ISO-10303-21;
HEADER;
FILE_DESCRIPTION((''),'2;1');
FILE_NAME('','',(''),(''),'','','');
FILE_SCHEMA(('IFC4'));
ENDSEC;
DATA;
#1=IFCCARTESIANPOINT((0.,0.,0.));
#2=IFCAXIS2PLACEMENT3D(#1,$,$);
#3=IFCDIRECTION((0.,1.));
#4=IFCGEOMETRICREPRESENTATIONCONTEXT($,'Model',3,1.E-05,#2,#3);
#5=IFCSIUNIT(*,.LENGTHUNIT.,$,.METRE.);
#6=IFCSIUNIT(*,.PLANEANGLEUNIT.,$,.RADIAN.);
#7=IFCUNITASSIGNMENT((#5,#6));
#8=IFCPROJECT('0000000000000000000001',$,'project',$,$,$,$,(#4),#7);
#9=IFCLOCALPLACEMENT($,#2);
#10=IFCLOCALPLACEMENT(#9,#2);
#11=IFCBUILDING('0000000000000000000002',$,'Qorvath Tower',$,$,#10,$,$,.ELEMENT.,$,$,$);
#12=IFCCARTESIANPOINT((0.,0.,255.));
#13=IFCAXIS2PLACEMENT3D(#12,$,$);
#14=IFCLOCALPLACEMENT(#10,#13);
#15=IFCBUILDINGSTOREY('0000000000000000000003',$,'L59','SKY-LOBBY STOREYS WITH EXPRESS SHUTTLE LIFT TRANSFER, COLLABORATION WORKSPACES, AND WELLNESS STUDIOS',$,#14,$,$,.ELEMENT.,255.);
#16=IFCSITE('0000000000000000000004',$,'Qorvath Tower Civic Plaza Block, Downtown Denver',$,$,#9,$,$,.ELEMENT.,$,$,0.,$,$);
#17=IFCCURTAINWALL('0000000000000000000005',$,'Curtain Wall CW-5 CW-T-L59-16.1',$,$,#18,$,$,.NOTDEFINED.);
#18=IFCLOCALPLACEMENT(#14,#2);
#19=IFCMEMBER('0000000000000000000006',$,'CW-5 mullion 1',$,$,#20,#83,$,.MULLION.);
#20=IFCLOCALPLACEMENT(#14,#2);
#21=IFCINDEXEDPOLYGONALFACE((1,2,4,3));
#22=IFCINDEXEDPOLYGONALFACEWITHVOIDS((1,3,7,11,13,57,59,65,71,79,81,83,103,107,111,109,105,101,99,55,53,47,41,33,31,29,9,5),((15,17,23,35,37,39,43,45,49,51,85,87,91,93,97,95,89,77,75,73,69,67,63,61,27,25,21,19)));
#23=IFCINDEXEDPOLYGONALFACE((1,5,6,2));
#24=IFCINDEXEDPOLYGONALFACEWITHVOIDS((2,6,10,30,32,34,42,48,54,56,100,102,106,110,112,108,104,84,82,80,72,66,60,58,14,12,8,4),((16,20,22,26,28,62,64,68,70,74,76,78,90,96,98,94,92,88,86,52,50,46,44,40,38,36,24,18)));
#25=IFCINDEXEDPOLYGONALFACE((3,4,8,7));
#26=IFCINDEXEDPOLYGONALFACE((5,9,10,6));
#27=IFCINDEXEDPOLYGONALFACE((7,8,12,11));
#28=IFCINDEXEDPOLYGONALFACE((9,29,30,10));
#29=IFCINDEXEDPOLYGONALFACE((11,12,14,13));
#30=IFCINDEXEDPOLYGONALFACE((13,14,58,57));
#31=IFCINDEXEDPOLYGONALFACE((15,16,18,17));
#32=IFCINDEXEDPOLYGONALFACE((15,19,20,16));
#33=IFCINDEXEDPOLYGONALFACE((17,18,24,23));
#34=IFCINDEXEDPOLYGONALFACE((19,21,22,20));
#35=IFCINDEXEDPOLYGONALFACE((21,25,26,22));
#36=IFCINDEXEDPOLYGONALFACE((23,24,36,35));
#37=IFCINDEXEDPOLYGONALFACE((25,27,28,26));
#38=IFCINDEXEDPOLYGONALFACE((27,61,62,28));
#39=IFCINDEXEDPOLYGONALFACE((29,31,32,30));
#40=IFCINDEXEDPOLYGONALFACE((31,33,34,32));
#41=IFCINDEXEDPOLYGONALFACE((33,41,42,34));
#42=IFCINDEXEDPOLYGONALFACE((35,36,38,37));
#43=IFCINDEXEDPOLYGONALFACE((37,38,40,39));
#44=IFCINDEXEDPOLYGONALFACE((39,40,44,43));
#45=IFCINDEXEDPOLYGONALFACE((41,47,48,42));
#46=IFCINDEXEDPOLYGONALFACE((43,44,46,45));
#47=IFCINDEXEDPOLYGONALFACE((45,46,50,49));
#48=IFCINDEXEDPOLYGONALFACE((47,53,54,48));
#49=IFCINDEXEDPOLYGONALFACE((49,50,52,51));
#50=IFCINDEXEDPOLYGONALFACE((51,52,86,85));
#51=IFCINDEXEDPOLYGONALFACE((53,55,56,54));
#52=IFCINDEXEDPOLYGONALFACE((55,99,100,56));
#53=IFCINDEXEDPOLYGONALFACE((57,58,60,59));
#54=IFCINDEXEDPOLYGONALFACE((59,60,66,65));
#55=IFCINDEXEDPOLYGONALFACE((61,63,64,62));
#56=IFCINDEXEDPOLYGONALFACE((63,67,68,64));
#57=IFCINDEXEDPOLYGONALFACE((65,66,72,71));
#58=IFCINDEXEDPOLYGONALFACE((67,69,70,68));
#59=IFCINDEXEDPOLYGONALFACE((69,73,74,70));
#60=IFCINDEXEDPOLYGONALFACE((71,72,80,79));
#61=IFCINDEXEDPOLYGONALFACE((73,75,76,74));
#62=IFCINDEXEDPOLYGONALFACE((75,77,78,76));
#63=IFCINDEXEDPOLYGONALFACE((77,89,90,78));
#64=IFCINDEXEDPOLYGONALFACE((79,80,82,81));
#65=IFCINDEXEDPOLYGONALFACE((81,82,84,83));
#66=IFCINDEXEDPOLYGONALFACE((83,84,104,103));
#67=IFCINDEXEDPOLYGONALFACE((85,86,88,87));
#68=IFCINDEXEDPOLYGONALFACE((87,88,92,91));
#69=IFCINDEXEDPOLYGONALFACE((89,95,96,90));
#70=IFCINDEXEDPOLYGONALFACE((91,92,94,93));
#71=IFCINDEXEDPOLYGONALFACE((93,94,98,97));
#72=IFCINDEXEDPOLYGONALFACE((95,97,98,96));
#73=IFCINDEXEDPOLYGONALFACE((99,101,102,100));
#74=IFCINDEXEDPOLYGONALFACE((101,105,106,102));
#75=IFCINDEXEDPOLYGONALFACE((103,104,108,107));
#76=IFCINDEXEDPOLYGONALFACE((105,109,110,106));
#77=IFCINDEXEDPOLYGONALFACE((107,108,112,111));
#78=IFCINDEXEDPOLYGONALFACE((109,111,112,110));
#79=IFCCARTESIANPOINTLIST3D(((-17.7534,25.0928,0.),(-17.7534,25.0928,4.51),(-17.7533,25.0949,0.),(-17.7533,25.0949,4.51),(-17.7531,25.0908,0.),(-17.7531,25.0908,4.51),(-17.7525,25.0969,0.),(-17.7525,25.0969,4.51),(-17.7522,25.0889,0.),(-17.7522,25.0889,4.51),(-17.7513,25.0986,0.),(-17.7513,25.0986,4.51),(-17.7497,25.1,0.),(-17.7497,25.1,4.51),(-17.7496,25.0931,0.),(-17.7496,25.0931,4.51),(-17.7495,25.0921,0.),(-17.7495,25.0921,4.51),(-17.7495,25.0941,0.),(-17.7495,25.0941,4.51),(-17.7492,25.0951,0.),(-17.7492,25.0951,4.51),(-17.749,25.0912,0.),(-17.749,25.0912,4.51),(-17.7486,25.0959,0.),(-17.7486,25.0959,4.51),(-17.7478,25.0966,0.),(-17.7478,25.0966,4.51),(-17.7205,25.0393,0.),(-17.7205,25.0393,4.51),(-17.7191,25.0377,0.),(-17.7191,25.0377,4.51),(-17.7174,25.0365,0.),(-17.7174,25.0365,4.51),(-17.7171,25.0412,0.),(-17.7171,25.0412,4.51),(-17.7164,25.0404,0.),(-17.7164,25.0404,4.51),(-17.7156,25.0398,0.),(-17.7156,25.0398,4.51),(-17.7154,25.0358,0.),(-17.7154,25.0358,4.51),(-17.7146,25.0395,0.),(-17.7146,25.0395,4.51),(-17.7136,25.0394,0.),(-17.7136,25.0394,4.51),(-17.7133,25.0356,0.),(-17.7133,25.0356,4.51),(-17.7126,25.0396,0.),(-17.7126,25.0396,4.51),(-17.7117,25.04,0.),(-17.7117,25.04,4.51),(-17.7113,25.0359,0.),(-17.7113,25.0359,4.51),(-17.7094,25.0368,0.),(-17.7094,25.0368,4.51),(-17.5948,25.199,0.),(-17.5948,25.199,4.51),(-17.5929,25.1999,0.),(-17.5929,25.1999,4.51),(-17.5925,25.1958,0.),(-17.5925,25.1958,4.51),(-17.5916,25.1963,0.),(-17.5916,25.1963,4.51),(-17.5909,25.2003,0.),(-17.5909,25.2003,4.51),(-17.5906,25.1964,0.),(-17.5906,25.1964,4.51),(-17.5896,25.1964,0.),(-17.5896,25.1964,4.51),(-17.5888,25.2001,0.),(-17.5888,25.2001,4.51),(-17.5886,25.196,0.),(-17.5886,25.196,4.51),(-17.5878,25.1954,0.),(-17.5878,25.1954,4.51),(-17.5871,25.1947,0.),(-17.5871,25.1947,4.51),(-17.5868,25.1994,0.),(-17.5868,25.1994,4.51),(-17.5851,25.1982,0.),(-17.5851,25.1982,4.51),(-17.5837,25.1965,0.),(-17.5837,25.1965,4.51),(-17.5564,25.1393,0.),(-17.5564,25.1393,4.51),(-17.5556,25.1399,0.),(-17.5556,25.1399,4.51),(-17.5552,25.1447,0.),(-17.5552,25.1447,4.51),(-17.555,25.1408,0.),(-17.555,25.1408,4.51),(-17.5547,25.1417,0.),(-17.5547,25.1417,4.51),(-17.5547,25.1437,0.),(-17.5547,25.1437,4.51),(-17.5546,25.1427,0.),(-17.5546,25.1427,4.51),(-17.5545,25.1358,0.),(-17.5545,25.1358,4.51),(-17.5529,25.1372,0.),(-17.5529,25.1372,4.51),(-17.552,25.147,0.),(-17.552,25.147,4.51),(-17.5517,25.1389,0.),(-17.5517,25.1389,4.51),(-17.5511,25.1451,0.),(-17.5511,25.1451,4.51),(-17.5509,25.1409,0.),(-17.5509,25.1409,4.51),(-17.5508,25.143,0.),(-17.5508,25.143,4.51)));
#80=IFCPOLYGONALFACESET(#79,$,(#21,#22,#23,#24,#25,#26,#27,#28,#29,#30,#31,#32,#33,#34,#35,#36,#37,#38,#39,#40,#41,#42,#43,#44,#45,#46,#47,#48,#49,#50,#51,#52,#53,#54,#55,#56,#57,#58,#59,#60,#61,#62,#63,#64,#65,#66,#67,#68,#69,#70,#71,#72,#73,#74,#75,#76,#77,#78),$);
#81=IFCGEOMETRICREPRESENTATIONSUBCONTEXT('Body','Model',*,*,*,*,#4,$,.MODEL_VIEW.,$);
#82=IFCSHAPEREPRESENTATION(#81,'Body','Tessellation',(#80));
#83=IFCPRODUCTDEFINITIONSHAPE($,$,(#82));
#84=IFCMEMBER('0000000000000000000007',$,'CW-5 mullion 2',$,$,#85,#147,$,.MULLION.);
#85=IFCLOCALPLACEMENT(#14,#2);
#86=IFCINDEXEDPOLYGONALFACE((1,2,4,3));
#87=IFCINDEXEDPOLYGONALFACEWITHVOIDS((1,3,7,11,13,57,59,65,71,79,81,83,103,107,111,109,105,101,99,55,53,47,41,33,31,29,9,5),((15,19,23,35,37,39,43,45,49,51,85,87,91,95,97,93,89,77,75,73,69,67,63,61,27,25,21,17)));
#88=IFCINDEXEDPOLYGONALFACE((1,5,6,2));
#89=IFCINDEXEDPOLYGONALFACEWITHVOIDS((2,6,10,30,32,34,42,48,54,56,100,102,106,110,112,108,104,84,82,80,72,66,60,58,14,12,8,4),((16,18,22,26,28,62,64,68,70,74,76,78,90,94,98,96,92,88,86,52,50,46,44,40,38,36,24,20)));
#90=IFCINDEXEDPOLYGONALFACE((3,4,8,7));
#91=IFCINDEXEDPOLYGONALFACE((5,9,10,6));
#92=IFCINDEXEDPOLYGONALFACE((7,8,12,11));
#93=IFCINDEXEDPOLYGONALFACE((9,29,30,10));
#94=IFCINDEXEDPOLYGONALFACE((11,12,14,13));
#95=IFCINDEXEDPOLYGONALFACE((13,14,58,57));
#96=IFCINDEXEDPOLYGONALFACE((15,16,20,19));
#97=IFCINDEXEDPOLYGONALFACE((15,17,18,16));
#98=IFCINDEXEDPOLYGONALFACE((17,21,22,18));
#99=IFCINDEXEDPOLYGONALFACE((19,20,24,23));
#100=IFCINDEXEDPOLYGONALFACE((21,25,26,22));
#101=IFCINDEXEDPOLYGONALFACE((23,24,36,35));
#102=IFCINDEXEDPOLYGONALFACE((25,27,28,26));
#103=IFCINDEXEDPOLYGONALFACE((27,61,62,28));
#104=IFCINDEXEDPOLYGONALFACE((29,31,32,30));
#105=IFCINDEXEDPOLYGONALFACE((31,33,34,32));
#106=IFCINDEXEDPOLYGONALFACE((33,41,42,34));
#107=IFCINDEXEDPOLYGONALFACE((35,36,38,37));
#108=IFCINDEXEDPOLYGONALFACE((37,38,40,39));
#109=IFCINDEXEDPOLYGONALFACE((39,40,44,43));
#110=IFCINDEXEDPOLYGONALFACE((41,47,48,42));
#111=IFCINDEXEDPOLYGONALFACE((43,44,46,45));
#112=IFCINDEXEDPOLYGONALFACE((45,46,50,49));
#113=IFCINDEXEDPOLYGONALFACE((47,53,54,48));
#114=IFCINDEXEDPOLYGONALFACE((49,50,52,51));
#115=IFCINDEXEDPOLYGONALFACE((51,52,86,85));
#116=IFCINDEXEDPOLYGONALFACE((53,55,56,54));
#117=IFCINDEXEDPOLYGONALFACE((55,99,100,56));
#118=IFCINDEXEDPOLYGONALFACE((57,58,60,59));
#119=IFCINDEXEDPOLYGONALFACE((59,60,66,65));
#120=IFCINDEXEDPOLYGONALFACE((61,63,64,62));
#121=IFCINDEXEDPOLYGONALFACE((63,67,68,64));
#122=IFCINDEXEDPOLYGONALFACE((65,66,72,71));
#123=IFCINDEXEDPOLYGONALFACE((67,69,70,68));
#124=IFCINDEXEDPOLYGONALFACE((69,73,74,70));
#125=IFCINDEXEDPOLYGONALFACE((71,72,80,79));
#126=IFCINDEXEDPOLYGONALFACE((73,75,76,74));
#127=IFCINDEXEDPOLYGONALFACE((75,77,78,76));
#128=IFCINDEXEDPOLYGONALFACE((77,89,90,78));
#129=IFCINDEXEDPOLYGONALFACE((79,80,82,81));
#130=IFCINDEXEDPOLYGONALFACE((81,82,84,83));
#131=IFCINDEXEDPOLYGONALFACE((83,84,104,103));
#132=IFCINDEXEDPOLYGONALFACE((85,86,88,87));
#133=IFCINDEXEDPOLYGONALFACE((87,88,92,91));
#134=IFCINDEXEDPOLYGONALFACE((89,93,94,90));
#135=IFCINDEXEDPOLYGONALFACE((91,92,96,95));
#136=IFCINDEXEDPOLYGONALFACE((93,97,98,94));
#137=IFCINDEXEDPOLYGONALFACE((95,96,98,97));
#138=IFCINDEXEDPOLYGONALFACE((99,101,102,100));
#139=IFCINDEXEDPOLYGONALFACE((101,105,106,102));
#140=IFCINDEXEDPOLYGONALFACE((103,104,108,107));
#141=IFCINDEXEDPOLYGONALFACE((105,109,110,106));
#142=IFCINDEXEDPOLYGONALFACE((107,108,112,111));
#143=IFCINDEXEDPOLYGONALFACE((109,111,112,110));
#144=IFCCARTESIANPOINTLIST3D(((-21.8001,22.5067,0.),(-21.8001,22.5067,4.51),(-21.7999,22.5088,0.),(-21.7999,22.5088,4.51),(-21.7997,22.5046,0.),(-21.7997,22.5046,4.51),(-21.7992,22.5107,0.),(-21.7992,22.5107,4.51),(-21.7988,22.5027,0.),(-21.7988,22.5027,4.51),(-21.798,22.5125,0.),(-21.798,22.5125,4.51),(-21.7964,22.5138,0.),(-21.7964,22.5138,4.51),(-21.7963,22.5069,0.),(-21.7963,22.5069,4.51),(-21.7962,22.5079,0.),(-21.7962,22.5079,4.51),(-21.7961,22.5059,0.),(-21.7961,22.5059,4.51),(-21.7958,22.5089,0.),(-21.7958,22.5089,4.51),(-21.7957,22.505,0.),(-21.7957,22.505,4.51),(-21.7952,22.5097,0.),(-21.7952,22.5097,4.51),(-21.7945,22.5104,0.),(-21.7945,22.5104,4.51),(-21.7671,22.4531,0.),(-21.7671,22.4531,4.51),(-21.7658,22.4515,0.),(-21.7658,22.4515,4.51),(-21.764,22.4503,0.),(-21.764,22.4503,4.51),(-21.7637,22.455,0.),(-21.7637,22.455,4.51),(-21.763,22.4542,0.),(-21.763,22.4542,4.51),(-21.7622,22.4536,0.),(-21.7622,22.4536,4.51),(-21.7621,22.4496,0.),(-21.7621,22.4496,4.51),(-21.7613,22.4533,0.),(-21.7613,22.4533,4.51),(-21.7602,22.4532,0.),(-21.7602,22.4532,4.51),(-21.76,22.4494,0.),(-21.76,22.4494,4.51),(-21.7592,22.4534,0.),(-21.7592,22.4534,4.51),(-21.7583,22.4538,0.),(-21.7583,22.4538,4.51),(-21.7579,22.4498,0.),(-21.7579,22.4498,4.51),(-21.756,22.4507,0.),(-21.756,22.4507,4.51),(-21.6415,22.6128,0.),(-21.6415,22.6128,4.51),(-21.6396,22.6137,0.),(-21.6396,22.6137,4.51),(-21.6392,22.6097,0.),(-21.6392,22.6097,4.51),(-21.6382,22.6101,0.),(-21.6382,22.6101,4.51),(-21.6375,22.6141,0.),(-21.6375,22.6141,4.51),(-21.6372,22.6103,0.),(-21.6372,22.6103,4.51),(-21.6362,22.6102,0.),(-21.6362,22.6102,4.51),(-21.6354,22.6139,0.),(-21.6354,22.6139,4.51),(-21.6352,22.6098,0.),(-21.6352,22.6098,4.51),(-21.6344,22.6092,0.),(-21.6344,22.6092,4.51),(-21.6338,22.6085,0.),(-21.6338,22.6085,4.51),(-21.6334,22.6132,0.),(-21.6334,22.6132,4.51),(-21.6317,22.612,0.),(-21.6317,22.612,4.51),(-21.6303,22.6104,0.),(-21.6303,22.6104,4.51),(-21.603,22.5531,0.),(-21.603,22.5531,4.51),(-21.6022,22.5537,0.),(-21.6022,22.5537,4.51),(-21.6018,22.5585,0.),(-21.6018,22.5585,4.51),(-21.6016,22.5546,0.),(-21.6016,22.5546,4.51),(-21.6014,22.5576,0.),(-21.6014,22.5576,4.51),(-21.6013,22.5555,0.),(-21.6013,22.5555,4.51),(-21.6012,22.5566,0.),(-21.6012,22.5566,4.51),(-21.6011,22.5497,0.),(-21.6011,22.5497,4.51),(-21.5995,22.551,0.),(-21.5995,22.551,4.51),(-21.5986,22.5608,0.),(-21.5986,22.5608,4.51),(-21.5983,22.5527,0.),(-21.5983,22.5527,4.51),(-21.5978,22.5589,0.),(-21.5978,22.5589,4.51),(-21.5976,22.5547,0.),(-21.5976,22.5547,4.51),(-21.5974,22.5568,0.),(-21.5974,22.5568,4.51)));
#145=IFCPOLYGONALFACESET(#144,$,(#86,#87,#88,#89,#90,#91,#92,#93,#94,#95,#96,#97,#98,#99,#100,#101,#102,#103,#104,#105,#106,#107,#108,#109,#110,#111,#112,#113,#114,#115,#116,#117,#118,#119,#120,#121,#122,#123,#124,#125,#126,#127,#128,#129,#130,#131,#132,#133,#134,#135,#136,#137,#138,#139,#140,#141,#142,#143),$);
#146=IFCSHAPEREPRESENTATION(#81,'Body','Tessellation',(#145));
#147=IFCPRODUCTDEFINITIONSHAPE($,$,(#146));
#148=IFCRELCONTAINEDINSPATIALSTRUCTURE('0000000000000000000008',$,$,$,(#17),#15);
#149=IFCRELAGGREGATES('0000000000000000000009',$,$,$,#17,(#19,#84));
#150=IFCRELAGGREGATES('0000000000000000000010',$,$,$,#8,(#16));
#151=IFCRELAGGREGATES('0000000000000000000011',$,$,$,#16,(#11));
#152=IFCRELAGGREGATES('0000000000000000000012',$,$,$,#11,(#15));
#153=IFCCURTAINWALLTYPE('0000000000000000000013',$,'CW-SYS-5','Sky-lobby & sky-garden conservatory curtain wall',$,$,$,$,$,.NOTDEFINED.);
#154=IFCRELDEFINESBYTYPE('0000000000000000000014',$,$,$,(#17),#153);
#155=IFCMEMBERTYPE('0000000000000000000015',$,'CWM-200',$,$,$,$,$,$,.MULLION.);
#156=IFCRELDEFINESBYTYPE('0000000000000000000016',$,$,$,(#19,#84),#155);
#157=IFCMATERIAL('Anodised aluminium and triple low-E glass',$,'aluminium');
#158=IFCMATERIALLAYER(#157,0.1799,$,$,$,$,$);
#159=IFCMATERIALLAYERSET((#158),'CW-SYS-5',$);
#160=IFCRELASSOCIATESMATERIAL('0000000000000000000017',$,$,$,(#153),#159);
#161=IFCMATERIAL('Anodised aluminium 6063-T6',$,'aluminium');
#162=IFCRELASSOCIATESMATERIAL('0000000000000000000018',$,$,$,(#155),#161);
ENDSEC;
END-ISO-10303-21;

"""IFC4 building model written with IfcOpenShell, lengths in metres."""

from ifc_helpers import new_model, si_unit, direction, frame, origin, origin_2d, place, context, subcontext, project, spatial, hollow_rectangle, extrude, material, layer, layer_set, material_profile, profile_set, type_object, element, aggregate, save


model = new_model("IFC4")

# Units and contexts
model_context = context("Model", 3, precision=1e-05, world=origin(), true_north=direction((0.0, 1.0)))
body_context = subcontext(model_context, "Body", "Model", "MODEL_VIEW")
ifc_project = project(units=[si_unit("LENGTHUNIT", "METRE"), si_unit("PLANEANGLEUNIT", "RADIAN")], contexts=[model_context])

# Site, building, storey
site_placement = place(None, origin())
site = spatial("IfcSite", under=ifc_project, at=site_placement, Name="Qorvath Tower Civic Plaza Block, Downtown Denver", CompositionType="ELEMENT", RefElevation=0.0)
building_placement = place(site_placement, origin())
building = spatial("IfcBuilding", under=site, at=building_placement, Name="Qorvath Tower", CompositionType="ELEMENT")
storey_placement = place(building_placement, frame((0.0, 0.0, 255.0)))
storey = spatial("IfcBuildingStorey", under=building, at=storey_placement, Name="L59", Description="SKY-LOBBY STOREYS WITH EXPRESS SHUTTLE LIFT TRANSFER, COLLABORATION WORKSPACES, AND WELLNESS STUDIOS", CompositionType="ELEMENT", Elevation=255.0)

# Shared definitions
ifc_material_1 = material(Name="Anodised aluminium and triple low-E glass", Category="aluminium")
ifc_layer_1 = layer(ifc_material_1, 0.1799)
ifc_layer_set_1 = layer_set([ifc_layer_1], Name="CW-SYS-5")
curtain_wall_type = type_object("IfcCurtainWallType", Name="CW-SYS-5", Description="Sky-lobby & sky-garden conservatory curtain wall", PredefinedType="NOTDEFINED", material=ifc_layer_set_1)
ifc_material_2 = material(Name="Anodised aluminium 6063-T6", Category="aluminium")
ifc_material_profile_1 = material_profile(ifc_material_2, hollow_rectangle(XDim=0.075, YDim=0.2, WallThickness=0.0039, InnerFilletRadius=0.0039, OuterFilletRadius=0.0081, at=origin_2d()), Name="CWM 200x75")
ifc_profile_set_1 = profile_set([ifc_material_profile_1], Name="Anodised aluminium 6063-T6")
member_type_1 = type_object("IfcMemberType", Name="CWM-200", PredefinedType="MULLION", material=ifc_profile_set_1)

# Curtain wall, members
curtain_wall_1_placement = place(storey_placement, origin())
curtain_wall_1 = element("IfcCurtainWall", 1, at=curtain_wall_1_placement, inside=storey, type_object=curtain_wall_type, Name="Curtain Wall CW-5 CW-T-L59-16.1", PredefinedType="NOTDEFINED")
member_1_placement = place(storey_placement, frame((-17.6521, 25.1179, 0.0), z_axis=(0.0, 0.0, 1.0), x_axis=(0.538535, -0.842603, 0.0)))
member_1 = element("IfcMember", 2, at=member_1_placement, type_object=member_type_1, Name="CW-5 mullion 1", PredefinedType="MULLION", context=body_context, shape_type="SweptSolid", body=[
    extrude(hollow_rectangle(XDim=0.075, YDim=0.2, WallThickness=0.0039, InnerFilletRadius=0.0039, OuterFilletRadius=0.0081, at=origin_2d()), origin(), (0.0, 0.0, 1.0), 4.51),
])
member_2_placement = place(storey_placement, frame((-21.6987, 22.5317, 0.0), z_axis=(0.0, 0.0, 1.0), x_axis=(0.538535, -0.842603, 0.0)))
member_2 = element("IfcMember", 3, at=member_2_placement, type_object=member_type_1, Name="CW-5 mullion 2", PredefinedType="MULLION", context=body_context, shape_type="SweptSolid", body=[
    extrude(hollow_rectangle(XDim=0.075, YDim=0.2, WallThickness=0.0039, InnerFilletRadius=0.0039, OuterFilletRadius=0.0081, at=origin_2d()), origin(), (0.0, 0.0, 1.0), 4.51),
])

aggregate(curtain_wall_1, [member_1, member_2])

save(model, "model.ifc")
